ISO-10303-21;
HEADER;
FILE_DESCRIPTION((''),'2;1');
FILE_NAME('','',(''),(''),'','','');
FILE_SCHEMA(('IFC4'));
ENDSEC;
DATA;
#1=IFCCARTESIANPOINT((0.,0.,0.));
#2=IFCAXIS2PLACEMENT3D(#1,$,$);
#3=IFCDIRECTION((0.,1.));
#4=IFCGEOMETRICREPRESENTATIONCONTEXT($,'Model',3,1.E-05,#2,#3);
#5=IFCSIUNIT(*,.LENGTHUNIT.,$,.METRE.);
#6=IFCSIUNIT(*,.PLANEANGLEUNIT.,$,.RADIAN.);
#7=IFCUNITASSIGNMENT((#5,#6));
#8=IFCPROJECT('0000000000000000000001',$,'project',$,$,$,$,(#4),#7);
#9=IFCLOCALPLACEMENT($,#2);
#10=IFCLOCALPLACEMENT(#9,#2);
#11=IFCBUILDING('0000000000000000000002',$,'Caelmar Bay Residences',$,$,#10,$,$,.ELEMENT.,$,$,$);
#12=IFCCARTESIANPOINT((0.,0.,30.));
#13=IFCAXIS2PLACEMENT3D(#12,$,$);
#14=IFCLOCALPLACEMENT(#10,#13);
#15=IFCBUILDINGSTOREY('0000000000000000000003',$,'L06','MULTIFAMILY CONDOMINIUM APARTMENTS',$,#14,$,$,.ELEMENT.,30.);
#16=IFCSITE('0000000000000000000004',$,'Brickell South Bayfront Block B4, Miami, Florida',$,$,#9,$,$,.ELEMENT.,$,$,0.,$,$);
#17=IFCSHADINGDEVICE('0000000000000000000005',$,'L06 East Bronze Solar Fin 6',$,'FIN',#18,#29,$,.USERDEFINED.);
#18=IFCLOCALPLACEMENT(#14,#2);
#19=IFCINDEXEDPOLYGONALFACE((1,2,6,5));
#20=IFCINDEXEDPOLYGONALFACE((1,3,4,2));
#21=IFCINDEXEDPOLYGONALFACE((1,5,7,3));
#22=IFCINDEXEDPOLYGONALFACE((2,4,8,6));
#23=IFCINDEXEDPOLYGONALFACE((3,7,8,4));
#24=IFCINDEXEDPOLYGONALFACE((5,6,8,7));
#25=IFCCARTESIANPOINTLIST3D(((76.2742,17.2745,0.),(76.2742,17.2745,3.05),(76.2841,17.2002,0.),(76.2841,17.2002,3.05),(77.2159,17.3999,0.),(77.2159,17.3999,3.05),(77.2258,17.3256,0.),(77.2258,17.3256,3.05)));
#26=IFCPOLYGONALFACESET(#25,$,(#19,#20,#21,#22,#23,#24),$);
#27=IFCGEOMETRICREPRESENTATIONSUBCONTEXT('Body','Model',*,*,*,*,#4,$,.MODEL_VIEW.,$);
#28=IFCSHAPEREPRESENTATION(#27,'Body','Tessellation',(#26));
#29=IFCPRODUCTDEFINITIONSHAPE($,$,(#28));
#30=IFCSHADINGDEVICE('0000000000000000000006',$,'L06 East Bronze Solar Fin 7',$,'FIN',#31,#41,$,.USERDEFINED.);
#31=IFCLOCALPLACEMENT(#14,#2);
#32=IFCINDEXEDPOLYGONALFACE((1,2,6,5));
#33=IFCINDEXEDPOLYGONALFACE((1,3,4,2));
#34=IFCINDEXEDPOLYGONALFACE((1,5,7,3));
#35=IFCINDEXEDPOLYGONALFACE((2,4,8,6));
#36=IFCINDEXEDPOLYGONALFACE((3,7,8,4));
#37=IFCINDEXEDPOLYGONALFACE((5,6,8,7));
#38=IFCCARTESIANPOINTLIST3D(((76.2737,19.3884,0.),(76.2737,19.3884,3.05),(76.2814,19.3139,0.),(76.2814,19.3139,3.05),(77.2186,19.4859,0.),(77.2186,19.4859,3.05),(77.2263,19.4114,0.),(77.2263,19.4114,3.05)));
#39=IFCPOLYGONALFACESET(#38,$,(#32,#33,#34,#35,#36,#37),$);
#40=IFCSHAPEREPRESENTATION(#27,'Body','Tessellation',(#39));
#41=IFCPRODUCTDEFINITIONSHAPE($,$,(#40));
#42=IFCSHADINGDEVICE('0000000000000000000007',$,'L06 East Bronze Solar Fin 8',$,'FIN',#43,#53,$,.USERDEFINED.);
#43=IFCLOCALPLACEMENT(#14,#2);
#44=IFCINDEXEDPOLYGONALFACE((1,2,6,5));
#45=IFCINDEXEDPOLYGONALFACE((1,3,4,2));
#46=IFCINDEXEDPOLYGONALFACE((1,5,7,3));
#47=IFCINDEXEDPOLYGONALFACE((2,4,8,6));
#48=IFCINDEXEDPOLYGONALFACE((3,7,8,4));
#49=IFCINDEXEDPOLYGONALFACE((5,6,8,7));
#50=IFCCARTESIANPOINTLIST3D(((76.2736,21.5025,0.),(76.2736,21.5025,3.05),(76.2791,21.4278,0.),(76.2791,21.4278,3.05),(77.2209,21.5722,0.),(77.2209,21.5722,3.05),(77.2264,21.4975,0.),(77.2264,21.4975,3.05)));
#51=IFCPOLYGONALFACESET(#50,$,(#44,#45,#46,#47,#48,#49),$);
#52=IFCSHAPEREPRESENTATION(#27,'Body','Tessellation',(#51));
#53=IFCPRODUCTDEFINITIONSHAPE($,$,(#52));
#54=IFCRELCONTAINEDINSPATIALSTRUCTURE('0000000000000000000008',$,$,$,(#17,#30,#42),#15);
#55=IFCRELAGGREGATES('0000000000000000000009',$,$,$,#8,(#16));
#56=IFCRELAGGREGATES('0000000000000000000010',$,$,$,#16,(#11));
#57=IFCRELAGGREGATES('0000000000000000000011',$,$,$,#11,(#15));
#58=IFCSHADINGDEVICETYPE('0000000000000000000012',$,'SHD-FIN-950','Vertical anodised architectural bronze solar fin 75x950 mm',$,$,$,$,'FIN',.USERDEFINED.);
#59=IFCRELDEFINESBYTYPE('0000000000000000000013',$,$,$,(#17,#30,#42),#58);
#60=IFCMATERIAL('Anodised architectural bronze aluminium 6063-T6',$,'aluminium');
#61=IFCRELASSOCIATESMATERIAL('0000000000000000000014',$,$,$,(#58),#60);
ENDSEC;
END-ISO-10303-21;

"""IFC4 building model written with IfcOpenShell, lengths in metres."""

from ifc_helpers import new_model, si_unit, direction, frame, origin, origin_2d, place, context, subcontext, project, spatial, rectangle, extrude, material, material_profile, profile_set, type_object, element, save


model = new_model("IFC4")

# Units and contexts
model_context = context("Model", 3, precision=1e-05, world=origin(), true_north=direction((0.0, 1.0)))
body_context = subcontext(model_context, "Body", "Model", "MODEL_VIEW")
ifc_project = project(units=[si_unit("LENGTHUNIT", "METRE"), si_unit("PLANEANGLEUNIT", "RADIAN")], contexts=[model_context])

# Site, building, storey
site_placement = place(None, origin())
site = spatial("IfcSite", under=ifc_project, at=site_placement, Name="Brickell South Bayfront Block B4, Miami, Florida", CompositionType="ELEMENT", RefElevation=0.0)
building_placement = place(site_placement, origin())
building = spatial("IfcBuilding", under=site, at=building_placement, Name="Caelmar Bay Residences", CompositionType="ELEMENT")
storey_placement = place(building_placement, frame((0.0, 0.0, 30.0)))
storey = spatial("IfcBuildingStorey", under=building, at=storey_placement, Name="L06", Description="MULTIFAMILY CONDOMINIUM APARTMENTS", CompositionType="ELEMENT", Elevation=30.0)

# Shading devices
ifc_material_1 = material(Name="Anodised architectural bronze aluminium 6063-T6", Category="aluminium")
ifc_material_profile_1 = material_profile(ifc_material_1, rectangle(XDim=0.075, YDim=0.95, at=origin_2d()), Name="BRONZE-FIN-75X950")
ifc_profile_set_1 = profile_set([ifc_material_profile_1], Name="Anodised architectural bronze aluminium 6063-T6")
shading_device_type = type_object("IfcShadingDeviceType", Name="SHD-FIN-950", Description="Vertical anodised architectural bronze solar fin 75x950 mm", ElementType="FIN", PredefinedType="USERDEFINED", material=ifc_profile_set_1)
for number, where, z_axis, x_axis, name in (
    (1, (76.75, 17.3, 0.0), (0.0, 0.0, 1.0), (-0.13191, 0.991262, 0.0), "L06 East Bronze Solar Fin 6"),
    (2, (76.75, 19.3999, 0.0), (0.0, 0.0, 1.0), (-0.102619, 0.994721, 0.0), "L06 East Bronze Solar Fin 7"),
    (3, (76.75, 21.5, 0.0), (0.0, 0.0, 1.0), (-0.073412, 0.997302, 0.0), "L06 East Bronze Solar Fin 8"),
):
    element("IfcShadingDevice", number, at=place(storey_placement, frame(where, z_axis=z_axis, x_axis=x_axis)), inside=storey, type_object=shading_device_type, Name=name, ObjectType="FIN", PredefinedType="USERDEFINED", context=body_context, shape_type="SweptSolid", body=[
        extrude(rectangle(XDim=0.075, YDim=0.95, at=origin_2d()), origin(), (0.0, 0.0, 1.0), 3.05),
    ])

save(model, "model.ifc")
